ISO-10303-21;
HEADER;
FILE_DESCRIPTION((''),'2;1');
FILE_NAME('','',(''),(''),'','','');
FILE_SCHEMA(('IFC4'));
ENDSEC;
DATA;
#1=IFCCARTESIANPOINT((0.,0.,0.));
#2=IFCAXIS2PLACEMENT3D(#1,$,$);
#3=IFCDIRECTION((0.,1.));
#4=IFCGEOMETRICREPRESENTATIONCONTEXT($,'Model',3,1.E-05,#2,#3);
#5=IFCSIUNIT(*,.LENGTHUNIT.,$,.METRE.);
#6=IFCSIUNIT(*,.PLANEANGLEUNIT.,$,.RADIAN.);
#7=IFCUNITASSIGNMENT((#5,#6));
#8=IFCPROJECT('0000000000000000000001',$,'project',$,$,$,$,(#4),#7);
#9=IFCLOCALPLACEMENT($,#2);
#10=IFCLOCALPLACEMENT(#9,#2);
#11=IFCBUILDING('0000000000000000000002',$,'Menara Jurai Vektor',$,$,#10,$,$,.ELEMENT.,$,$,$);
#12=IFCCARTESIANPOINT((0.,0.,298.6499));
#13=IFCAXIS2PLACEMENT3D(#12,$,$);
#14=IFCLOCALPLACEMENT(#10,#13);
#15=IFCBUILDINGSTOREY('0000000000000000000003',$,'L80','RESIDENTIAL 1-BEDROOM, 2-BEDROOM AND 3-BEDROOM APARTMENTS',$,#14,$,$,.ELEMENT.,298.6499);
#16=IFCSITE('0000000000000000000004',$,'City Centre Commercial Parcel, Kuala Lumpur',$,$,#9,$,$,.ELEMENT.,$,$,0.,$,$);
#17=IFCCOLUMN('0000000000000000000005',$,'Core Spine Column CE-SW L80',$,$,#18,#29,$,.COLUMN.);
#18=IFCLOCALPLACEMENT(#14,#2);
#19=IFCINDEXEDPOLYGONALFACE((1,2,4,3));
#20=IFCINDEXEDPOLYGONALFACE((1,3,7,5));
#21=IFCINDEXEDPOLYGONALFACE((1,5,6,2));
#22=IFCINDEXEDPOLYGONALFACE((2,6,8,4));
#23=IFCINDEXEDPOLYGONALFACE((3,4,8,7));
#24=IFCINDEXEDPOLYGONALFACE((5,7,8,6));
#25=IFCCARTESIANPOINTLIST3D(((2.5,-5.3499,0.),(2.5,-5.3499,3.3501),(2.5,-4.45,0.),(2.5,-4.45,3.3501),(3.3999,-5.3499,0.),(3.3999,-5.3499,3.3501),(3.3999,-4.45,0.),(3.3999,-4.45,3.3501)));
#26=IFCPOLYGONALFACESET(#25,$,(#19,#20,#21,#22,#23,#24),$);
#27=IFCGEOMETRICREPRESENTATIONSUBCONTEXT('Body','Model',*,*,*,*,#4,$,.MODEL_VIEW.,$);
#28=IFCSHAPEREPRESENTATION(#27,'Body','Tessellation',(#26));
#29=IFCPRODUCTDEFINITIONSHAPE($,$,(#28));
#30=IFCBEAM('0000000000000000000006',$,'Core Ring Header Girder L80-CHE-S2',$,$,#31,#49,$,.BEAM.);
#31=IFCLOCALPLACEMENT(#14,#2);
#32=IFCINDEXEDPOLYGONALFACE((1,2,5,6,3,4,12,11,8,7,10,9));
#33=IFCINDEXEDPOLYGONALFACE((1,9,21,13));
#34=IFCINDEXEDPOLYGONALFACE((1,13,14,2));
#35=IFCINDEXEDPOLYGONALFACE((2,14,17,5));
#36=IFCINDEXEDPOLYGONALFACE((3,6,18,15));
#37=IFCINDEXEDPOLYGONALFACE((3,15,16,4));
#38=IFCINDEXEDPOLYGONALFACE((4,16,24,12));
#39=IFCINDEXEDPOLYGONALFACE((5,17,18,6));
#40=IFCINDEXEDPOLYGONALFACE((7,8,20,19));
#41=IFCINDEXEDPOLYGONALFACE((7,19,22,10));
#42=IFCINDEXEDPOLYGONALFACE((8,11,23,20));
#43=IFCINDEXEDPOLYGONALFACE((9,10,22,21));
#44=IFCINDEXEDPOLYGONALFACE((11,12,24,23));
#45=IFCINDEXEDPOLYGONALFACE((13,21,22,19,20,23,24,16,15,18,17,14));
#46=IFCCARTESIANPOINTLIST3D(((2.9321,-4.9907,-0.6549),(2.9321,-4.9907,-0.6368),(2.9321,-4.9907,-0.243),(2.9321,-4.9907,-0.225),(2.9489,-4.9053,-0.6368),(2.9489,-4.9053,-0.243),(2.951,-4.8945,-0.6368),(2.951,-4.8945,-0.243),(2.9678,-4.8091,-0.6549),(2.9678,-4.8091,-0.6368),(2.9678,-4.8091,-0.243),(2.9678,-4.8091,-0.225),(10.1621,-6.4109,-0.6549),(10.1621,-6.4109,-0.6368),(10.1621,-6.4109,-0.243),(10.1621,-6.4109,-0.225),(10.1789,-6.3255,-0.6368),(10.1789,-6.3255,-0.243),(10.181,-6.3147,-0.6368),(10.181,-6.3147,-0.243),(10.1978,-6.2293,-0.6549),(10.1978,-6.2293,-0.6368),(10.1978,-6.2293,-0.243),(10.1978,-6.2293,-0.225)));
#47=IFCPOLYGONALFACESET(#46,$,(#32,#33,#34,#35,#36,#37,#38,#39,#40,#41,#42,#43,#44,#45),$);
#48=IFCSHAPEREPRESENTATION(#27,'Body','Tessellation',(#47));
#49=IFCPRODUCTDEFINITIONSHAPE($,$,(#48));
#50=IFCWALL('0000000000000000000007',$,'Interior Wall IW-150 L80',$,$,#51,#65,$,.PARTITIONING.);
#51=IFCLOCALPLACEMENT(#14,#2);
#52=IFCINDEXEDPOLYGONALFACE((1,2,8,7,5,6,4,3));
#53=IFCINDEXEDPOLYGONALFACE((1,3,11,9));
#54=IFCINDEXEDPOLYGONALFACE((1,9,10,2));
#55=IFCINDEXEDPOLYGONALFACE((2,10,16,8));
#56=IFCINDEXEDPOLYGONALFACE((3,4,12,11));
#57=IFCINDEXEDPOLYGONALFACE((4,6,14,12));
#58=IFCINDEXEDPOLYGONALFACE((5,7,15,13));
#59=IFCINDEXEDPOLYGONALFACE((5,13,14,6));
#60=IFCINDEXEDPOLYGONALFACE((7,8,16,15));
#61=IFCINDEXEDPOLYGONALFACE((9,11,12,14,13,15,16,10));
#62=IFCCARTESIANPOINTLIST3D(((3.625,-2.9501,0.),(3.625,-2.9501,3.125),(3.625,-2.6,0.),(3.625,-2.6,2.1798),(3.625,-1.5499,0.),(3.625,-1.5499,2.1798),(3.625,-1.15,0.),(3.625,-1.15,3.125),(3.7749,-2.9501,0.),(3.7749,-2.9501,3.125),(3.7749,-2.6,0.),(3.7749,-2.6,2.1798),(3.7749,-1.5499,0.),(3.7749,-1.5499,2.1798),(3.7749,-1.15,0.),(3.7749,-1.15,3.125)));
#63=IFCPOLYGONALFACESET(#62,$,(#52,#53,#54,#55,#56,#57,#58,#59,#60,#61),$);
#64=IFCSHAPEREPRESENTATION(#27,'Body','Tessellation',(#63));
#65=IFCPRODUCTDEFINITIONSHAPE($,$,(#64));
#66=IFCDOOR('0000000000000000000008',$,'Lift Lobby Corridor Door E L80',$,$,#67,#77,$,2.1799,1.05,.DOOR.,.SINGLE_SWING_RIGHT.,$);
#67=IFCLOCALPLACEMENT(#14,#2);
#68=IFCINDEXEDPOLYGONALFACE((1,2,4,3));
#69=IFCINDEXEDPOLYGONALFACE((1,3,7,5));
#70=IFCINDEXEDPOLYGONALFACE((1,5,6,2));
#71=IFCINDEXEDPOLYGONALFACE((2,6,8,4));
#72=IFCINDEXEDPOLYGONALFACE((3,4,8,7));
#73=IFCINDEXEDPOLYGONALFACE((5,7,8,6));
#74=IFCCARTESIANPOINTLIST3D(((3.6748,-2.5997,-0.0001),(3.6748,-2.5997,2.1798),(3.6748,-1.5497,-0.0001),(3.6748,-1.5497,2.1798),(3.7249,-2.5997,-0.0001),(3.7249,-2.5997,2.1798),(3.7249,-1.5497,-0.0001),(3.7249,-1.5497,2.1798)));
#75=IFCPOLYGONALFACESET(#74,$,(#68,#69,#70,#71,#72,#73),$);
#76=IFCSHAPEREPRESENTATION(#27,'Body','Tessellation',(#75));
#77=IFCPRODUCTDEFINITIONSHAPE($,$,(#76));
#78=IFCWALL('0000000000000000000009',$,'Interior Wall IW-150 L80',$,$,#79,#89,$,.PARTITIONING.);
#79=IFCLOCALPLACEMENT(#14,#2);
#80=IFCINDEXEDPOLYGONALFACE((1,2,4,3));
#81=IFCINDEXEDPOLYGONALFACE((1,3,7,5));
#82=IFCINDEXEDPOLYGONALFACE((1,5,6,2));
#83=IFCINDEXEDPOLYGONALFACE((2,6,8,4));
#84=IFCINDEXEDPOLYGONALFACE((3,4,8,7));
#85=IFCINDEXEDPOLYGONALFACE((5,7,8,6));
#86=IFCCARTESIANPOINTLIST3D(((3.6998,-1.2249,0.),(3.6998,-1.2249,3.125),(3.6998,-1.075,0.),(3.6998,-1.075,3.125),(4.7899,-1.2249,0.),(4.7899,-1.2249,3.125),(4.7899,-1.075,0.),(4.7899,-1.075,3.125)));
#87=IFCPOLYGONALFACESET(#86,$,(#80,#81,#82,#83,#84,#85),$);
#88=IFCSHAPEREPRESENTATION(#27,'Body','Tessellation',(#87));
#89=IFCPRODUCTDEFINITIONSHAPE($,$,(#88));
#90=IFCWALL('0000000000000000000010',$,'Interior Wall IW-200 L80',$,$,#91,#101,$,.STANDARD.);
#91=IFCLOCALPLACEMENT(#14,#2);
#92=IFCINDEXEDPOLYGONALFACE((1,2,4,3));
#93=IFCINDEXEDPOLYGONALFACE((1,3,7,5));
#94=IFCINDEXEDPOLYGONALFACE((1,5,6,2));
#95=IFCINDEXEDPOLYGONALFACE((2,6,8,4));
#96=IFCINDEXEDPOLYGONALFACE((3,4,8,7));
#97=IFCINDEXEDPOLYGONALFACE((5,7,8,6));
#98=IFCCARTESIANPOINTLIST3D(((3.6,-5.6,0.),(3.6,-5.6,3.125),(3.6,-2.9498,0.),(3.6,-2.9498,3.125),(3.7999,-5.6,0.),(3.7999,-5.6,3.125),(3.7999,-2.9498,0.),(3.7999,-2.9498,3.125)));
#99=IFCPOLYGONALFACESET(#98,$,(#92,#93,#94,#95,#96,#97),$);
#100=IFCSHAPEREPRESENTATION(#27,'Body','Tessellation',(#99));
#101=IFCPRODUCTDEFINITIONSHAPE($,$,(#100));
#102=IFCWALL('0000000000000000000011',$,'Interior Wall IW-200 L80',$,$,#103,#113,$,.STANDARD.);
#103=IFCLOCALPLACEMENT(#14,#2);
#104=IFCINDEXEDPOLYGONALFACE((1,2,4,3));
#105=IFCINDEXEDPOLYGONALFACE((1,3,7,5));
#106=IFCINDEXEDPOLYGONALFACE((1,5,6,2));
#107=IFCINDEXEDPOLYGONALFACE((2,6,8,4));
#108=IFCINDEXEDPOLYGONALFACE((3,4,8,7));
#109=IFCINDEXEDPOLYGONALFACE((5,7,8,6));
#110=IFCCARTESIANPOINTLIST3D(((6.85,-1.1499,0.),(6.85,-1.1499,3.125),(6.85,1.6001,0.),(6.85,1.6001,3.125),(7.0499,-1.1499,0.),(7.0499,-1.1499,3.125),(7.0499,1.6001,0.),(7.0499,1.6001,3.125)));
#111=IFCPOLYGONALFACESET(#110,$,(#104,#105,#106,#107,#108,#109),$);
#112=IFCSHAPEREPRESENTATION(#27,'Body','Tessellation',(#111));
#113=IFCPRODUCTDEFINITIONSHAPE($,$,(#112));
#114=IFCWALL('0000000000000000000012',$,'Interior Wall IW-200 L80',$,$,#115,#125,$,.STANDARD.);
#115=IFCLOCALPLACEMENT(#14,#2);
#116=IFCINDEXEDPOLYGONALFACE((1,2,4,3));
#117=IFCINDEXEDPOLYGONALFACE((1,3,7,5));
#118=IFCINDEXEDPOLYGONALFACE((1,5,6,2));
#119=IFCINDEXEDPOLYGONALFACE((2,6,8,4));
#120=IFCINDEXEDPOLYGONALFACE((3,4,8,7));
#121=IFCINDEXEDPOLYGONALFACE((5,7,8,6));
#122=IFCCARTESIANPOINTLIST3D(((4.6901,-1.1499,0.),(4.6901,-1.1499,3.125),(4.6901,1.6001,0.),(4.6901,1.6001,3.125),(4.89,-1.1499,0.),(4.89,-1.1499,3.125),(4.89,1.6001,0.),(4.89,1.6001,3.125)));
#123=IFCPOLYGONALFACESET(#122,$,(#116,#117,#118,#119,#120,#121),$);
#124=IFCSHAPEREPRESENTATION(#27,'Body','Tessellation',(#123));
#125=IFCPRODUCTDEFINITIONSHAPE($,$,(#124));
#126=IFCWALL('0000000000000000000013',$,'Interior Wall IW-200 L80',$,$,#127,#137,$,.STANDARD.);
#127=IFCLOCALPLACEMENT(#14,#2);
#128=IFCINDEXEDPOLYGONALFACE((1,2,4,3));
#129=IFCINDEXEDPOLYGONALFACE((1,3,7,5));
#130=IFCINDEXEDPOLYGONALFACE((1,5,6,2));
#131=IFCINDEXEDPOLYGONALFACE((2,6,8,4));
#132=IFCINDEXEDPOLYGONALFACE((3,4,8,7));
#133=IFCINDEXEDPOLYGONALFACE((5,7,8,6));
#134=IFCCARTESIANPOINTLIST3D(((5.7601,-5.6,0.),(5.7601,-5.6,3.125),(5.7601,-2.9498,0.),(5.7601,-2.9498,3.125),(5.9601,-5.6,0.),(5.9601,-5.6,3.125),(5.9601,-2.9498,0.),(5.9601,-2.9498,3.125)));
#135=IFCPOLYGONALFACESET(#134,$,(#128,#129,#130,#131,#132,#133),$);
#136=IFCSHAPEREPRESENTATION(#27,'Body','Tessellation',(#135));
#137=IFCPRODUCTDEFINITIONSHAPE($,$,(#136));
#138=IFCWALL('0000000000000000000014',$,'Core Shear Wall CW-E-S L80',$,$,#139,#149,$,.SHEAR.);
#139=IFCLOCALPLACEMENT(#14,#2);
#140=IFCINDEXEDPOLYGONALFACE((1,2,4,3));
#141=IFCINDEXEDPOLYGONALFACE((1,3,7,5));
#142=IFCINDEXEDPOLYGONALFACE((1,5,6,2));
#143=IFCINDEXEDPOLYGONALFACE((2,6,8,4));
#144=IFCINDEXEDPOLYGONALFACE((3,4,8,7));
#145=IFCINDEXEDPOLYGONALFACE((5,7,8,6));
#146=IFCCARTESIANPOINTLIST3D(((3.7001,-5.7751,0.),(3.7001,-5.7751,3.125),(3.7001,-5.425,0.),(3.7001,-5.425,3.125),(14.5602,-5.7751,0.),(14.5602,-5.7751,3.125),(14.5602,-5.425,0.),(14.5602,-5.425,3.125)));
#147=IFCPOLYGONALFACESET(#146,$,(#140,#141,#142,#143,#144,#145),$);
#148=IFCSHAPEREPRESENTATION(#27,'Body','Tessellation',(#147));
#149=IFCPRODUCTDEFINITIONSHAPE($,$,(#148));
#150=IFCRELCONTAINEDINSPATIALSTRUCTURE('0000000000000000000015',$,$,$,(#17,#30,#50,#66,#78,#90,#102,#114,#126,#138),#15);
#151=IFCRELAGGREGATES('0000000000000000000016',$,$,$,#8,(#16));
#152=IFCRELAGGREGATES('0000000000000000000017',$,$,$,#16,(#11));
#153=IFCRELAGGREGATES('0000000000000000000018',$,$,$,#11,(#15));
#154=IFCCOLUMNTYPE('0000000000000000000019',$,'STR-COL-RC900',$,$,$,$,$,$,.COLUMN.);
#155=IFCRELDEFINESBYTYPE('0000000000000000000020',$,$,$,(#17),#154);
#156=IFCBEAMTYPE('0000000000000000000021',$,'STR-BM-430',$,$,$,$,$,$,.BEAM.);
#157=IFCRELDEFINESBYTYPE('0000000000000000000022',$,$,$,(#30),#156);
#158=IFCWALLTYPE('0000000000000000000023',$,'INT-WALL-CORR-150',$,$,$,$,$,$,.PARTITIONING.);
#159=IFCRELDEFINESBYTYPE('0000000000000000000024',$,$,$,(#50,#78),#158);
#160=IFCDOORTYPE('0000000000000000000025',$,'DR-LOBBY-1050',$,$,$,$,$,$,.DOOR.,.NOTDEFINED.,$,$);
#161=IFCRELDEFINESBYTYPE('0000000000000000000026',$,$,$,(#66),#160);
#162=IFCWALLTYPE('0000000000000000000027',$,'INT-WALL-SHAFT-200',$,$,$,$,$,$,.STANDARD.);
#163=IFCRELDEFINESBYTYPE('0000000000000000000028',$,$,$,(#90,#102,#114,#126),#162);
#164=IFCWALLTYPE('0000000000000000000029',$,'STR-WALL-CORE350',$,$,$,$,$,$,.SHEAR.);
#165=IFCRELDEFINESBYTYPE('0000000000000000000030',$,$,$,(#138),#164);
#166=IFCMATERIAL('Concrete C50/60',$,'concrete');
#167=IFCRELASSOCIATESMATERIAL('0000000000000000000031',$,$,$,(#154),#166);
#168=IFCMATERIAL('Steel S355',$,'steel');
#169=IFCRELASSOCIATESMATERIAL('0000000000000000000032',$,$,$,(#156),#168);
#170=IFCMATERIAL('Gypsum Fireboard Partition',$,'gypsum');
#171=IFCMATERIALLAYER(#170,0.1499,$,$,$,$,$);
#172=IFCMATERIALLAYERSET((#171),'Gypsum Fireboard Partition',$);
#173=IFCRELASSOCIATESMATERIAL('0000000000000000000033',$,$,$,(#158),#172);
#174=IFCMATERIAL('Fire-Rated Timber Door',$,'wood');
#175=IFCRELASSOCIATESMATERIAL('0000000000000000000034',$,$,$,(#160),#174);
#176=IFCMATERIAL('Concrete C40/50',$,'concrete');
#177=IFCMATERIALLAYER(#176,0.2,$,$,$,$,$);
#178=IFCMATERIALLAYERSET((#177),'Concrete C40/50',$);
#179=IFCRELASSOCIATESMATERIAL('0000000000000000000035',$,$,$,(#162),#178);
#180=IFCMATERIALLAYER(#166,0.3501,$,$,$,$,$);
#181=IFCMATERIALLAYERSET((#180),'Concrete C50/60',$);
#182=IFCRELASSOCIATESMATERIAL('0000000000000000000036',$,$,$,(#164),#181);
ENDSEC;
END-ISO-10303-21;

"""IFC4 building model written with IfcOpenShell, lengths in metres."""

from ifc_helpers import new_model, si_unit, direction, frame, frame_2d, origin, origin_2d, place, context, subcontext, project, spatial, rectangle, i_section, extrude, material, layer, layer_set, material_profile, profile_set, type_object, element, fill, save


model = new_model("IFC4")

# Units and contexts
model_context = context("Model", 3, precision=1e-05, world=origin(), true_north=direction((0.0, 1.0)))
body_context = subcontext(model_context, "Body", "Model", "MODEL_VIEW")
ifc_project = project(units=[si_unit("LENGTHUNIT", "METRE"), si_unit("PLANEANGLEUNIT", "RADIAN")], contexts=[model_context])

# Site, building, storey
site_placement = place(None, origin())
site = spatial("IfcSite", under=ifc_project, at=site_placement, Name="City Centre Commercial Parcel, Kuala Lumpur", CompositionType="ELEMENT", RefElevation=0.0)
building_placement = place(site_placement, origin())
building = spatial("IfcBuilding", under=site, at=building_placement, Name="Menara Jurai Vektor", CompositionType="ELEMENT")
storey_placement = place(building_placement, frame((0.0, 0.0, 298.6499)))
storey = spatial("IfcBuildingStorey", under=building, at=storey_placement, Name="L80", Description="RESIDENTIAL 1-BEDROOM, 2-BEDROOM AND 3-BEDROOM APARTMENTS", CompositionType="ELEMENT", Elevation=298.6499)

# Column
ifc_material_1 = material(Name="Concrete C50/60", Category="concrete")
ifc_material_profile_1 = material_profile(ifc_material_1, rectangle(XDim=0.8999, YDim=0.8999, at=origin_2d()), Name="RC 900x900")
ifc_profile_set_1 = profile_set([ifc_material_profile_1], Name="Concrete C50/60")
column_type = type_object("IfcColumnType", Name="STR-COL-RC900", PredefinedType="COLUMN", material=ifc_profile_set_1)
column_placement = place(storey_placement, frame((2.95, -4.8999, 0.0), z_axis=(0.0, 0.0, 1.0), x_axis=(1.0, 0.0, 0.0)))
element("IfcColumn", 1, at=column_placement, inside=storey, type_object=column_type, Name="Core Spine Column CE-SW L80", PredefinedType="COLUMN", context=body_context, shape_type="SweptSolid", body=[
    extrude(rectangle(XDim=0.8999, YDim=0.8999, at=origin_2d()), origin(), (0.0, 0.0, 1.0), 3.3501),
])

# Beam
ifc_material_2 = material(Name="Steel S355", Category="steel")
ifc_material_profile_2 = material_profile(ifc_material_2, i_section(OverallWidth=0.1851, OverallDepth=0.4299, WebThickness=0.011, FlangeThickness=0.0181, at=origin_2d()), Name="PG 430x185x76")
ifc_profile_set_2 = profile_set([ifc_material_profile_2], Name="Steel S355")
beam_type = type_object("IfcBeamType", Name="STR-BM-430", PredefinedType="BEAM", material=ifc_profile_set_2)
beam_placement = place(storey_placement, frame((2.95, -4.8999, -0.4399), z_axis=(0.981249, -0.192744, 0.0), x_axis=(0.192744, 0.981249, 0.0)))
element("IfcBeam", 2, at=beam_placement, inside=storey, type_object=beam_type, Name="Core Ring Header Girder L80-CHE-S2", PredefinedType="BEAM", context=body_context, shape_type="SweptSolid", body=[
    extrude(i_section(OverallWidth=0.1851, OverallDepth=0.4299, WebThickness=0.011, FlangeThickness=0.0181, at=origin_2d()), origin(), (0.0, 0.0, 1.0), 7.3682),
])

# Wall, opening, door
ifc_material_3 = material(Name="Gypsum Fireboard Partition", Category="gypsum")
ifc_layer_1 = layer(ifc_material_3, 0.1499)
ifc_layer_set_1 = layer_set([ifc_layer_1], Name="Gypsum Fireboard Partition")
wall_type_1 = type_object("IfcWallType", Name="INT-WALL-CORR-150", PredefinedType="PARTITIONING", material=ifc_layer_set_1)
wall_1_placement = place(storey_placement, frame((3.7, -2.95, 0.0), z_axis=(0.0, 0.0, 1.0), x_axis=(0.0, 1.0, 0.0)))
wall_1 = element("IfcWall", 3, at=wall_1_placement, inside=storey, type_object=wall_type_1, Name="Interior Wall IW-150 L80", PredefinedType="PARTITIONING", context=body_context, shape_type="SweptSolid", body=[
    extrude(rectangle(XDim=1.8, YDim=0.1499, at=frame_2d((0.8999, 0.0))), origin(), (0.0, 0.0, 1.0), 3.125),
])
opening_1_placement = place(wall_1_placement, frame((0.3501, 0.0, 0.0)))
opening_1 = element("IfcOpeningElement", 4, at=opening_1_placement, cuts=wall_1, PredefinedType="OPENING", context=body_context, shape_type="SweptSolid", body=[
    extrude(rectangle(XDim=1.05, YDim=2.1799, at=frame_2d((0.5249, 1.0898))), frame((0.0, 0.085, 0.0), z_axis=(0.0, -1.0, 0.0), x_axis=(1.0, 0.0, 0.0)), (0.0, 0.0, 1.0), 0.1699),
])
ifc_material_4 = material(Name="Fire-Rated Timber Door", Category="wood")
door_type_1 = type_object("IfcDoorType", Name="DR-LOBBY-1050", OperationType="NOTDEFINED", PredefinedType="DOOR", material=ifc_material_4)
door_1_placement = place(opening_1_placement, frame((1.05, 0.0, 0.0), z_axis=(0.0, 0.0, 1.0), x_axis=(-1.0, 0.0, 0.0)))
door_1 = element("IfcDoor", 5, at=door_1_placement, inside=storey, type_object=door_type_1, Name="Lift Lobby Corridor Door E L80", OperationType="SINGLE_SWING_RIGHT", OverallHeight=2.1799, OverallWidth=1.05, PredefinedType="DOOR", context=body_context, shape_type="SweptSolid", body=[
    extrude(rectangle(XDim=1.05, YDim=2.1799, at=frame_2d((0.5249, 1.0898))), frame((0.0, 0.0249, 0.0), z_axis=(0.0, -1.0, 0.0), x_axis=(1.0, 0.0, 0.0)), (0.0, 0.0, 1.0), 0.05),
])
fill(opening_1, door_1)

# Wall
wall_2_placement = place(storey_placement, frame((3.7, -1.1499, 0.0), z_axis=(0.0, 0.0, 1.0), x_axis=(1.0, 0.0, 0.0)))
element("IfcWall", 6, at=wall_2_placement, inside=storey, type_object=wall_type_1, Name="Interior Wall IW-150 L80", PredefinedType="PARTITIONING", context=body_context, shape_type="SweptSolid", body=[
    extrude(rectangle(XDim=1.0901, YDim=0.1499, at=frame_2d((0.5449, 0.0))), origin(), (0.0, 0.0, 1.0), 3.125),
])

# Shared definitions
ifc_material_5 = material(Name="Concrete C40/50", Category="concrete")
ifc_layer_2 = layer(ifc_material_5, 0.2)
ifc_layer_set_2 = layer_set([ifc_layer_2], Name="Concrete C40/50")
wall_type_2 = type_object("IfcWallType", Name="INT-WALL-SHAFT-200", PredefinedType="STANDARD", material=ifc_layer_set_2)

# Walls
wall_3_placement = place(storey_placement, frame((3.7, -5.6001, 0.0), z_axis=(0.0, 0.0, 1.0), x_axis=(0.0, 1.0, 0.0)))
element("IfcWall", 7, at=wall_3_placement, inside=storey, type_object=wall_type_2, Name="Interior Wall IW-200 L80", PredefinedType="STANDARD", context=body_context, shape_type="SweptSolid", body=[
    extrude(rectangle(XDim=2.6501, YDim=0.2, at=frame_2d((1.3252, 0.0))), origin(), (0.0, 0.0, 1.0), 3.125),
])
wall_4_placement = place(storey_placement, frame((6.95, -1.1499, 0.0), z_axis=(0.0, 0.0, 1.0), x_axis=(0.0, 1.0, 0.0)))
element("IfcWall", 8, at=wall_4_placement, inside=storey, type_object=wall_type_2, Name="Interior Wall IW-200 L80", PredefinedType="STANDARD", context=body_context, shape_type="SweptSolid", body=[
    extrude(rectangle(XDim=2.75, YDim=0.2, at=frame_2d((1.375, 0.0))), origin(), (0.0, 0.0, 1.0), 3.125),
])

# Wall
wall_5_placement = place(storey_placement, frame((4.79, -1.1499, 0.0), z_axis=(0.0, 0.0, 1.0), x_axis=(0.0, 1.0, 0.0)))
element("IfcWall", 9, at=wall_5_placement, inside=storey, type_object=wall_type_2, Name="Interior Wall IW-200 L80", PredefinedType="STANDARD", context=body_context, shape_type="SweptSolid", body=[
    extrude(rectangle(XDim=2.75, YDim=0.2, at=frame_2d((1.375, 0.0))), origin(), (0.0, 0.0, 1.0), 3.125),
])

# Walls
wall_6_placement = place(storey_placement, frame((5.8601, -5.6001, 0.0), z_axis=(0.0, 0.0, 1.0), x_axis=(0.0, 1.0, 0.0)))
element("IfcWall", 10, at=wall_6_placement, inside=storey, type_object=wall_type_2, Name="Interior Wall IW-200 L80", PredefinedType="STANDARD", context=body_context, shape_type="SweptSolid", body=[
    extrude(rectangle(XDim=2.6501, YDim=0.2, at=frame_2d((1.3252, 0.0))), origin(), (0.0, 0.0, 1.0), 3.125),
])
ifc_layer_3 = layer(ifc_material_1, 0.3501)
ifc_layer_set_3 = layer_set([ifc_layer_3], Name="Concrete C50/60")
wall_type_3 = type_object("IfcWallType", Name="STR-WALL-CORE350", PredefinedType="SHEAR", material=ifc_layer_set_3)
wall_7_placement = place(storey_placement, frame((3.7, -5.6001, 0.0), z_axis=(0.0, 0.0, 1.0), x_axis=(1.0, 0.0, 0.0)))
element("IfcWall", 11, at=wall_7_placement, inside=storey, type_object=wall_type_3, Name="Core Shear Wall CW-E-S L80", PredefinedType="SHEAR", context=body_context, shape_type="SweptSolid", body=[
    extrude(rectangle(XDim=10.8601, YDim=0.3501, at=frame_2d((5.4302, 0.0))), origin(), (0.0, 0.0, 1.0), 3.125),
])

save(model, "model.ifc")
